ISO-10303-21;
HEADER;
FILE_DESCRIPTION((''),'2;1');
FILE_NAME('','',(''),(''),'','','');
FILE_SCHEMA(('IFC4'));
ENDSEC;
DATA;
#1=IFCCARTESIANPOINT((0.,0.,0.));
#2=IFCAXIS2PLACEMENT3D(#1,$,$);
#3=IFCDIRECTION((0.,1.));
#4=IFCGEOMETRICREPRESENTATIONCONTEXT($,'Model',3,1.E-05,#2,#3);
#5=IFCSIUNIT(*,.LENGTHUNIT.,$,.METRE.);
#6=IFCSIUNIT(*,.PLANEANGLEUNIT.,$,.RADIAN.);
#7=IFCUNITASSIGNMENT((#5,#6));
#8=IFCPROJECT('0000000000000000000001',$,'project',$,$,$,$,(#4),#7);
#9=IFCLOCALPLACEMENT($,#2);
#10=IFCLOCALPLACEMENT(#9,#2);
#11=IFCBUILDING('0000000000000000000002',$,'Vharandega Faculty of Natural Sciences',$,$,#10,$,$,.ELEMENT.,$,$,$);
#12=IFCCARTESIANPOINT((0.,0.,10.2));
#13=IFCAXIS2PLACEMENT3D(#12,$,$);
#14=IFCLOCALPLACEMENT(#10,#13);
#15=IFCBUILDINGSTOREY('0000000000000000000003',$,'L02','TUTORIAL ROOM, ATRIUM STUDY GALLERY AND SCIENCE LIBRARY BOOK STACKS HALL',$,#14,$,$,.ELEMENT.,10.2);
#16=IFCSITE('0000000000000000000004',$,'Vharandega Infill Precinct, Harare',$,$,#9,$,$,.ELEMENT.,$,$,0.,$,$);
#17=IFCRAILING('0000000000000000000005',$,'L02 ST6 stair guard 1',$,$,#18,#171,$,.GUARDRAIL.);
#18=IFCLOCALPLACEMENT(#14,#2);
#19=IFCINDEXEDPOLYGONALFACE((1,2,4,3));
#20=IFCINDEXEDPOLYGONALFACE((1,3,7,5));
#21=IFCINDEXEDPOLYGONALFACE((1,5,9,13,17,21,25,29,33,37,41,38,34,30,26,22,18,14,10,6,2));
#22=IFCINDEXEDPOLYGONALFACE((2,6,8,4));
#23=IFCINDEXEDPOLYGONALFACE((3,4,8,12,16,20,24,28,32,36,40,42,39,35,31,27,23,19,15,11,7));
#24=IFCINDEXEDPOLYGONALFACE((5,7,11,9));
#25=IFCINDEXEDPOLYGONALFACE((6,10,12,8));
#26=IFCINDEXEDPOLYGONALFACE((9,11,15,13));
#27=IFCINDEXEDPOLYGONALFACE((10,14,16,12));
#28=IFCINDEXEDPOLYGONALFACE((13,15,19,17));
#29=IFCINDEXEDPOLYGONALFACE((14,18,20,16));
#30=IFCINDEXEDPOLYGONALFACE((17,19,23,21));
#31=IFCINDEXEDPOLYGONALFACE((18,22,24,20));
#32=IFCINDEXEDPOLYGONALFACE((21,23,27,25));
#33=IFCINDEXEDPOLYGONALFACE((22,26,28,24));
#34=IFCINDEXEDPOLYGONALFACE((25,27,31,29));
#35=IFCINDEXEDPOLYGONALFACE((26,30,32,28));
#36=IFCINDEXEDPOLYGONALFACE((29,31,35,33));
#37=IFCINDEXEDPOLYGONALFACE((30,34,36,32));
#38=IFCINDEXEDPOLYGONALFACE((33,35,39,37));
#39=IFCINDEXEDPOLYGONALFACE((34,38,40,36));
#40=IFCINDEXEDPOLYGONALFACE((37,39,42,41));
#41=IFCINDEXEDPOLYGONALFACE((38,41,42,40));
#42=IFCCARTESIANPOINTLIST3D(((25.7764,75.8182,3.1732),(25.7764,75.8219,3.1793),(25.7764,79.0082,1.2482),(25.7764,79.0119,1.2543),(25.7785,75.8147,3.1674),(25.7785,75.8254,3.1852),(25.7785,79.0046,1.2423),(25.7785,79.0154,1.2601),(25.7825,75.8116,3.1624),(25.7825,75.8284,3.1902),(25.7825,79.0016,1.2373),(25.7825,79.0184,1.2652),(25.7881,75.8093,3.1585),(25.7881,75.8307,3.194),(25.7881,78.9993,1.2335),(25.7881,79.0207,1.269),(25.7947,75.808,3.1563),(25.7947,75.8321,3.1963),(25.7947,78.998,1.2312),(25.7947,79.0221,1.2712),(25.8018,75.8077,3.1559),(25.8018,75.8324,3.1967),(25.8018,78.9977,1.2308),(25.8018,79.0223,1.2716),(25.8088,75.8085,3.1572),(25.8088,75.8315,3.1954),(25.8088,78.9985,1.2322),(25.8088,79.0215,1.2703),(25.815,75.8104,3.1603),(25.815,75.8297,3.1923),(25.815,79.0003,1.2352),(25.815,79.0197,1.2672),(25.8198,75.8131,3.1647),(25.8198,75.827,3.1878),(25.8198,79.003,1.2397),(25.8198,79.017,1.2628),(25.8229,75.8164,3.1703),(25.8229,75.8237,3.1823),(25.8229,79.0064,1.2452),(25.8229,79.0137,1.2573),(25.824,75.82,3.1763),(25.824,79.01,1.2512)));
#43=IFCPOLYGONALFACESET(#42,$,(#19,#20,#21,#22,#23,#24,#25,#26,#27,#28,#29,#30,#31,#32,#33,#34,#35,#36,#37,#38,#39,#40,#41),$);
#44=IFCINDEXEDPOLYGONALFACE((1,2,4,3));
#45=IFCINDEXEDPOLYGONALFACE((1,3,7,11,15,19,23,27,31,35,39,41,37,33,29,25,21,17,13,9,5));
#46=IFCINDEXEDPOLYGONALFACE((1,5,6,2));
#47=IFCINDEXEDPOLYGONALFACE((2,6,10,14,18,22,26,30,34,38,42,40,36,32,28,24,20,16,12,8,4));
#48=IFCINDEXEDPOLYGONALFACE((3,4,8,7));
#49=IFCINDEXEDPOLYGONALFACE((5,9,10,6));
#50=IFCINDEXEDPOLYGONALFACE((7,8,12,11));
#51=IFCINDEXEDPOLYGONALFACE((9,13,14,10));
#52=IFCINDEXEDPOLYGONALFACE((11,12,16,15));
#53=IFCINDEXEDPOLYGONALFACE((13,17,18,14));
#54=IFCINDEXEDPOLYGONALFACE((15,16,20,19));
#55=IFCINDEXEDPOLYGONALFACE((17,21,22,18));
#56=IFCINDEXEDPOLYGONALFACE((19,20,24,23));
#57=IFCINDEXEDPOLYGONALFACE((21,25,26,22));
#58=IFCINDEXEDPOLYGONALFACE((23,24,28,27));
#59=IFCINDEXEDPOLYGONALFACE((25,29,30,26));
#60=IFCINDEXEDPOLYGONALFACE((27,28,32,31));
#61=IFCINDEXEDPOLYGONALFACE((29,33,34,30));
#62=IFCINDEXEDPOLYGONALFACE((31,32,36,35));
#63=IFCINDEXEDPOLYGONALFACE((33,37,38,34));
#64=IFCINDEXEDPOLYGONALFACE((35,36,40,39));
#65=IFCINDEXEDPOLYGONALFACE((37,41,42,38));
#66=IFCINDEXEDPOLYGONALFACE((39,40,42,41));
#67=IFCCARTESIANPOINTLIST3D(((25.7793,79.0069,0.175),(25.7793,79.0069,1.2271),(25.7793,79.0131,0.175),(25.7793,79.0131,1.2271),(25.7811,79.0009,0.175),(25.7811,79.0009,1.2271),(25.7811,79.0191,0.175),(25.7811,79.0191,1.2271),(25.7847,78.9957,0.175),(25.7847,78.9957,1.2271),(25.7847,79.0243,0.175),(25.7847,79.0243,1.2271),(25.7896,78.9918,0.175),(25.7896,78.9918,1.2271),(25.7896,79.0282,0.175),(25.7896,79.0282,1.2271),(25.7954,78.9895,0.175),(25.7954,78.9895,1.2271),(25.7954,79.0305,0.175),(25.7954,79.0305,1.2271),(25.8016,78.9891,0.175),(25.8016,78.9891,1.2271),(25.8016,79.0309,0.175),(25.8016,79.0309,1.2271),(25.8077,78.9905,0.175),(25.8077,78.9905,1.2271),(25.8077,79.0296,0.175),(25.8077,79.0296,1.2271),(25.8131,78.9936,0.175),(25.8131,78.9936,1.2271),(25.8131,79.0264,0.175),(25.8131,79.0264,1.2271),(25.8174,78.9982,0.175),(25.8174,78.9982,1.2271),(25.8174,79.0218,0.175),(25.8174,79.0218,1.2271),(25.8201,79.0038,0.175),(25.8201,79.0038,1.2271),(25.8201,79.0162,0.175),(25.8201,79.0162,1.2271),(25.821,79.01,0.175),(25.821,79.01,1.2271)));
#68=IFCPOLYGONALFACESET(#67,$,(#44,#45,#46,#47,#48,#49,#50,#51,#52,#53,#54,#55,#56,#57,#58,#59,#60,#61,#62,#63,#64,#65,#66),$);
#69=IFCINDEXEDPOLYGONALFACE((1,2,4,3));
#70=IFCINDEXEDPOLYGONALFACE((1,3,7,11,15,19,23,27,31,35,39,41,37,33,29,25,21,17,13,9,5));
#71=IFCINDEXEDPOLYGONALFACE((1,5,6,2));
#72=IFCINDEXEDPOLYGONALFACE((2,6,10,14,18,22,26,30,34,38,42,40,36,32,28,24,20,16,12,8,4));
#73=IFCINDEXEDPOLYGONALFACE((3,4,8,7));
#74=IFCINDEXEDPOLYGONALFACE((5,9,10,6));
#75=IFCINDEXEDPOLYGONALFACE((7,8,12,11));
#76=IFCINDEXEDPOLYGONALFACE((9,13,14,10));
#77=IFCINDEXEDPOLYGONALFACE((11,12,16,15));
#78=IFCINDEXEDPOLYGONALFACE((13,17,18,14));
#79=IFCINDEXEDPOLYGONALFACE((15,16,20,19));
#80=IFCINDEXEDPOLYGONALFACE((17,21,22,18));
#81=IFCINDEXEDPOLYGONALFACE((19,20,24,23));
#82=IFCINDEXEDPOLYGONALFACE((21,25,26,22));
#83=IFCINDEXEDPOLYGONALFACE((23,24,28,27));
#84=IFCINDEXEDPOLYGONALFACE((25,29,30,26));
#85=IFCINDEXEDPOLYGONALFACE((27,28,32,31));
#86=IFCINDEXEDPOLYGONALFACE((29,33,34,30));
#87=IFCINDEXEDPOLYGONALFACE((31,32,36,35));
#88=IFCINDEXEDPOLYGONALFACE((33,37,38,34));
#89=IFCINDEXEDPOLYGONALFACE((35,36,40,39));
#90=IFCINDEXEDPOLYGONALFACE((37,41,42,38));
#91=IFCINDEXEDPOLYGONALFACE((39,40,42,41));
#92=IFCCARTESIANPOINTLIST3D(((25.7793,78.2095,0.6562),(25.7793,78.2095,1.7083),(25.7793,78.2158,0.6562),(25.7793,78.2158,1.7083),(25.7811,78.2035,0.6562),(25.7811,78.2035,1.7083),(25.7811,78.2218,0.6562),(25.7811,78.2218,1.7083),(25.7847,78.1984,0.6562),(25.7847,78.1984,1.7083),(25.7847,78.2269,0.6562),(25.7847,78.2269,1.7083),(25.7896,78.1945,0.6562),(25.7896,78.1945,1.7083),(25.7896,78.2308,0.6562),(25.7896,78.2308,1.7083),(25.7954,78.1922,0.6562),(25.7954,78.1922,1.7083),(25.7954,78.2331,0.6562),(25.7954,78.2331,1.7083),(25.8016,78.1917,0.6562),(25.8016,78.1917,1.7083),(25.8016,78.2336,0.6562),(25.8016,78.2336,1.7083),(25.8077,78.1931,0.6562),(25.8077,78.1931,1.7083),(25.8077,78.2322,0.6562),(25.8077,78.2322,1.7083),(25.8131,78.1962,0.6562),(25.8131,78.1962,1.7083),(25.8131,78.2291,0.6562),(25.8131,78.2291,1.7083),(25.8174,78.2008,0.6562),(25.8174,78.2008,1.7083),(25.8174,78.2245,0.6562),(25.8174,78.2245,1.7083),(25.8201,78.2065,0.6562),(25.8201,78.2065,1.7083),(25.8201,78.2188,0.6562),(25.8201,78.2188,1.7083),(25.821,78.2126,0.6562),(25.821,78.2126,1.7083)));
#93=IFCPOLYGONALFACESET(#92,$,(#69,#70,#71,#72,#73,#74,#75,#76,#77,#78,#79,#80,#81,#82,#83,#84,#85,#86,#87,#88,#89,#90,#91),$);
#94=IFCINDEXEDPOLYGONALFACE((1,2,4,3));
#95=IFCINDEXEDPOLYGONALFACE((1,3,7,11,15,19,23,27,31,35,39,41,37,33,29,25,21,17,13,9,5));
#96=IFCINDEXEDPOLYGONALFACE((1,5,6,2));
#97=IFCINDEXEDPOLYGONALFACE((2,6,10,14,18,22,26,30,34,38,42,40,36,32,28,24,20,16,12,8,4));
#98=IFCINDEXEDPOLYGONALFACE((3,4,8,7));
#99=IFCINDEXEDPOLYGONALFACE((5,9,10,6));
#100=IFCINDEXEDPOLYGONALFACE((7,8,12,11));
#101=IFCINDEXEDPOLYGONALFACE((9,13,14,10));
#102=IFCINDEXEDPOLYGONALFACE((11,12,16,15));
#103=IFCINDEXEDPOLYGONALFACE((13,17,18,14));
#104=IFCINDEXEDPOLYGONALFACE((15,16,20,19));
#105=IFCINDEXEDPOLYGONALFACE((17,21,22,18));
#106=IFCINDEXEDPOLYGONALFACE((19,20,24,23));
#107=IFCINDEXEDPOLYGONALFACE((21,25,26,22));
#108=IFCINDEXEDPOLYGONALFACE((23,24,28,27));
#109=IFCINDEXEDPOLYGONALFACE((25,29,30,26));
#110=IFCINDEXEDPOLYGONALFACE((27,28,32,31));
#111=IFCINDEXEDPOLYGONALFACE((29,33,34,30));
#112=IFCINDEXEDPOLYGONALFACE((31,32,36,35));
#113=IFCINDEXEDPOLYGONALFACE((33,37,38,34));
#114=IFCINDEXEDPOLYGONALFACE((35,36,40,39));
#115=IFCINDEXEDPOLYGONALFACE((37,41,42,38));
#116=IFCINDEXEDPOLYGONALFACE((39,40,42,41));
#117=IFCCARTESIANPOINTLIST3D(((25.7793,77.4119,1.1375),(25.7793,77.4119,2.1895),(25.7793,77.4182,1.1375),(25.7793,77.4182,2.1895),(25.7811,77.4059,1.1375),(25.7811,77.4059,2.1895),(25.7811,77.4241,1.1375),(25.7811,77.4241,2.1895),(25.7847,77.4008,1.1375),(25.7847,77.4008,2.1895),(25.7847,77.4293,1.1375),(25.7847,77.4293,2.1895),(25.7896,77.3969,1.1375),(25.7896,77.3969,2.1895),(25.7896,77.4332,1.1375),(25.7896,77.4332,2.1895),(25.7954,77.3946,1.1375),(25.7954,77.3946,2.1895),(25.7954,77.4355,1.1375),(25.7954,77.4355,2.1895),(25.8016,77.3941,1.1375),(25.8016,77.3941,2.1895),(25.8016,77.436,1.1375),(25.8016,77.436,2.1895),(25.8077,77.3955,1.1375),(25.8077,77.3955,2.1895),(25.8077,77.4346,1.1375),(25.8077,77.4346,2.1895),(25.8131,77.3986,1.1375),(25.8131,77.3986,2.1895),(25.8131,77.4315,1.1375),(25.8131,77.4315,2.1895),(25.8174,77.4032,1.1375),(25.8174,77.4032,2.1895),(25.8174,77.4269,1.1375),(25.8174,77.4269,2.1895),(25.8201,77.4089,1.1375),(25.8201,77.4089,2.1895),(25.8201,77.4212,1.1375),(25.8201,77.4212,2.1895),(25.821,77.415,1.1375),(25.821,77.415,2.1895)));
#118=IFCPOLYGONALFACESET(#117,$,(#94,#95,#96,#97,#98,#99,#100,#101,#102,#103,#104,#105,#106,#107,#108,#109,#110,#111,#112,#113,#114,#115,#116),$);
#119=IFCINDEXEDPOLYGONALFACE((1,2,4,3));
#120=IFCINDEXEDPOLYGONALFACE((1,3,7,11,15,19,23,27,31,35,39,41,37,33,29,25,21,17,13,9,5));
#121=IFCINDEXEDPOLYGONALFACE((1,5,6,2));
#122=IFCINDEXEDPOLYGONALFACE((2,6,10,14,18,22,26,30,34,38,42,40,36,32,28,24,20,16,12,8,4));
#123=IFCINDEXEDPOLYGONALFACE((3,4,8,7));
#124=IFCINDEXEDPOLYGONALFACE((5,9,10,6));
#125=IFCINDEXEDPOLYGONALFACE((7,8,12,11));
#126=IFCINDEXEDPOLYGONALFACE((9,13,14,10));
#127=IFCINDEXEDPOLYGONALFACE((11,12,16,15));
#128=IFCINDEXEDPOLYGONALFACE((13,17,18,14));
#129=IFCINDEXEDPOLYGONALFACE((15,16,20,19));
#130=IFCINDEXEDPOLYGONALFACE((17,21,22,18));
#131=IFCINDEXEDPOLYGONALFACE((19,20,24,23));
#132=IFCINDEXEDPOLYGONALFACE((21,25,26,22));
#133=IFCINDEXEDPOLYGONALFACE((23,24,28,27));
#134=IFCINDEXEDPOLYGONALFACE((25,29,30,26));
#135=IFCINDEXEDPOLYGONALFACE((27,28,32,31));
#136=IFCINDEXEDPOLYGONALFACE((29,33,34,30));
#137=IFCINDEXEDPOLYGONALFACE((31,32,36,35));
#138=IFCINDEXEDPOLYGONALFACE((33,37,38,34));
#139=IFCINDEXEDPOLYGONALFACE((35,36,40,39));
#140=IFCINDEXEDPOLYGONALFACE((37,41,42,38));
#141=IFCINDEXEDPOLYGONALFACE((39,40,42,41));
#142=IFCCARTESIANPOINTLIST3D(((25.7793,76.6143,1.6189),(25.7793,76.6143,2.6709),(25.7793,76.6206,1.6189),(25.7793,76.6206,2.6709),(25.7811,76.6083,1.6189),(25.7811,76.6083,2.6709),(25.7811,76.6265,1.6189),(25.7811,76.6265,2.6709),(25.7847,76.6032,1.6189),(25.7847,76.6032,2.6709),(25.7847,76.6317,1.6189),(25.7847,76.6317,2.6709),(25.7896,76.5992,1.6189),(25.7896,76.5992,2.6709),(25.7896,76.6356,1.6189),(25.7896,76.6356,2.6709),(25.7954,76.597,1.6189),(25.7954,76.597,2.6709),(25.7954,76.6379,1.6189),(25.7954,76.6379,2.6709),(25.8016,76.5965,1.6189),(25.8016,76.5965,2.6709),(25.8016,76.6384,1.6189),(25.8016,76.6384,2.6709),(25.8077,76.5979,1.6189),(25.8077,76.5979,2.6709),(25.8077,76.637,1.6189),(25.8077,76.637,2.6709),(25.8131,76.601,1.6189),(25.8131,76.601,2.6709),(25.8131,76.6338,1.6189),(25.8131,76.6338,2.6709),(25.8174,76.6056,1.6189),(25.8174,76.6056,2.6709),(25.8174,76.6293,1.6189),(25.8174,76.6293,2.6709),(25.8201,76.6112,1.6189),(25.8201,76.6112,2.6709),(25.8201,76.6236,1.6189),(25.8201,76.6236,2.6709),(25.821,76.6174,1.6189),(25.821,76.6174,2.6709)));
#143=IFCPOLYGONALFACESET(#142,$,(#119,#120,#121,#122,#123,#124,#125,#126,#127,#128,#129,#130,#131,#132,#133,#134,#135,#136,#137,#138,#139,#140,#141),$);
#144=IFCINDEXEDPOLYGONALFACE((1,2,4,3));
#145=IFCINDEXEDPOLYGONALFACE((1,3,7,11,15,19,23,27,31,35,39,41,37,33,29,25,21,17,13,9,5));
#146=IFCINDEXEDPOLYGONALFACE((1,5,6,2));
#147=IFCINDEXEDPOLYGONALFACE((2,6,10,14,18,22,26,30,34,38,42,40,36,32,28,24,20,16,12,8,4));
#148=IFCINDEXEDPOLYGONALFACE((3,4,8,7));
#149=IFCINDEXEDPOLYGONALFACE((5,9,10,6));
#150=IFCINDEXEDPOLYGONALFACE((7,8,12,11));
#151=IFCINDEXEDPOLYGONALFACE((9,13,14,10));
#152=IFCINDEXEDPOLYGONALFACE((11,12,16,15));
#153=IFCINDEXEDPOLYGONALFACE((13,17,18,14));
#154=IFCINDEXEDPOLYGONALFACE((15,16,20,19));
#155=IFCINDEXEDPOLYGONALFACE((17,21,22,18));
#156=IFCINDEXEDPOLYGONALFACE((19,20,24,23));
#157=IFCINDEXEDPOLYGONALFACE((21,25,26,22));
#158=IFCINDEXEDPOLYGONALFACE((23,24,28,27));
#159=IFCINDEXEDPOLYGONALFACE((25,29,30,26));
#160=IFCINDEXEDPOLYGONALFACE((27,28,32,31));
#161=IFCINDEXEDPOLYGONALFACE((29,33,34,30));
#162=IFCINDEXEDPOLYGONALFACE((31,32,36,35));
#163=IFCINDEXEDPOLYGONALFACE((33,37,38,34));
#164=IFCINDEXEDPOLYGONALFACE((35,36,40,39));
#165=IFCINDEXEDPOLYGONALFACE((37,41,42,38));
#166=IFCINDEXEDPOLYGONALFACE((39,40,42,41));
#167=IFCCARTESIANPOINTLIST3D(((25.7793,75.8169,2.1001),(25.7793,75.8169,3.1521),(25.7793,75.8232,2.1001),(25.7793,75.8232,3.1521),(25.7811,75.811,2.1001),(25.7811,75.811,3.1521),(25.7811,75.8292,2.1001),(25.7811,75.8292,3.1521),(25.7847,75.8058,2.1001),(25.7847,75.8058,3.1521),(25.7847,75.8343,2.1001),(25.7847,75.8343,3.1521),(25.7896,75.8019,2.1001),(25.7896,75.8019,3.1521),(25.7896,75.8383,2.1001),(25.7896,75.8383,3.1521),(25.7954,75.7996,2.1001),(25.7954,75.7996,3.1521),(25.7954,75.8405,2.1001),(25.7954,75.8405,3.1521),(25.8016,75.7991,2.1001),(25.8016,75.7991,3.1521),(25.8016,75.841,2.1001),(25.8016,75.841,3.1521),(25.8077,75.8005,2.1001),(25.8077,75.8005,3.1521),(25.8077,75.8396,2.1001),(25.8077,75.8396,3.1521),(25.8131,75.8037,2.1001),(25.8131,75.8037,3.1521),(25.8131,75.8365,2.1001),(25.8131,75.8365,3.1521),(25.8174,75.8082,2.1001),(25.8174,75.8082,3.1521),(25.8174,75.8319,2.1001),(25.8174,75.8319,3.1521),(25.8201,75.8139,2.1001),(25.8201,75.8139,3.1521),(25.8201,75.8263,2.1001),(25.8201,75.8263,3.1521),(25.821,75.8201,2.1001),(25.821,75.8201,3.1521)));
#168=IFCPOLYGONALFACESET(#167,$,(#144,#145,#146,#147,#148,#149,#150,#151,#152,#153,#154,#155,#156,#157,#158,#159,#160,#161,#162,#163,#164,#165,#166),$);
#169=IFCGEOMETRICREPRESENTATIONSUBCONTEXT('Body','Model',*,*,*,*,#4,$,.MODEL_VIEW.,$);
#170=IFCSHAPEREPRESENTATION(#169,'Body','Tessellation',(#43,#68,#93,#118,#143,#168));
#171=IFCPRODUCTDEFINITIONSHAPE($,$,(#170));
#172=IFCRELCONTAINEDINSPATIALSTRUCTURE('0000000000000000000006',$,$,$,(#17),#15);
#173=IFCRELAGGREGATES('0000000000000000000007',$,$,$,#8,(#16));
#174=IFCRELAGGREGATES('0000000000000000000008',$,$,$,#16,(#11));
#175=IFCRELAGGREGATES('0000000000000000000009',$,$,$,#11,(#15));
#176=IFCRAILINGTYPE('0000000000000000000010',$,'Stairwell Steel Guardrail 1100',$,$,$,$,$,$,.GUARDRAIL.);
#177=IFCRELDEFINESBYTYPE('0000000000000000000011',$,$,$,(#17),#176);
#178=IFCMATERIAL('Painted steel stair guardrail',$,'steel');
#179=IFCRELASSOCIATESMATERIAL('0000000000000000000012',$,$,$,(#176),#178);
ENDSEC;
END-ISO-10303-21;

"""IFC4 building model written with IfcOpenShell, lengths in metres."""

from ifc_helpers import new_model, si_unit, direction, frame, origin, origin_2d, place, context, subcontext, project, spatial, circle, extrude, material, type_object, element, save


model = new_model("IFC4")

# Units and contexts
model_context = context("Model", 3, precision=1e-05, world=origin(), true_north=direction((0.0, 1.0)))
body_context = subcontext(model_context, "Body", "Model", "MODEL_VIEW")
ifc_project = project(units=[si_unit("LENGTHUNIT", "METRE"), si_unit("PLANEANGLEUNIT", "RADIAN")], contexts=[model_context])

# Site, building, storey
site_placement = place(None, origin())
site = spatial("IfcSite", under=ifc_project, at=site_placement, Name="Vharandega Infill Precinct, Harare", CompositionType="ELEMENT", RefElevation=0.0)
building_placement = place(site_placement, origin())
building = spatial("IfcBuilding", under=site, at=building_placement, Name="Vharandega Faculty of Natural Sciences", CompositionType="ELEMENT")
storey_placement = place(building_placement, frame((0.0, 0.0, 10.2)))
storey = spatial("IfcBuildingStorey", under=building, at=storey_placement, Name="L02", Description="TUTORIAL ROOM, ATRIUM STUDY GALLERY AND SCIENCE LIBRARY BOOK STACKS HALL", CompositionType="ELEMENT", Elevation=10.2)

# Railing
ifc_material_1 = material(Name="Painted steel stair guardrail", Category="steel")
railing_type_1 = type_object("IfcRailingType", Name="Stairwell Steel Guardrail 1100", PredefinedType="GUARDRAIL", material=ifc_material_1)
railing_1_placement = place(storey_placement, frame((25.8, 79.01, 0.175)))
element("IfcRailing", 1, at=railing_1_placement, inside=storey, type_object=railing_type_1, Name="L02 ST6 stair guard 1", PredefinedType="GUARDRAIL", context=body_context, shape_type="SweptSolid", body=[
    extrude(circle(Radius=0.0239, at=origin_2d()), frame((0.0, 0.0, 1.0762), z_axis=(0.0, -0.856178, 0.516682), x_axis=(1.0, 0.0, 0.0)), (0.0, 0.0, 1.0), 3.7258),
    extrude(circle(Radius=0.021, at=origin_2d()), origin(), (0.0, 0.0, 1.0), 1.052),
    extrude(circle(Radius=0.021, at=origin_2d()), frame((0.0, -0.7974, 0.4812)), (0.0, 0.0, 1.0), 1.052),
    extrude(circle(Radius=0.021, at=origin_2d()), frame((0.0, -1.595, 0.9624)), (0.0, 0.0, 1.0), 1.052),
    extrude(circle(Radius=0.021, at=origin_2d()), frame((0.0, -2.3926, 1.4438)), (0.0, 0.0, 1.0), 1.052),
    extrude(circle(Radius=0.021, at=origin_2d()), frame((0.0, -3.1899, 1.925)), (0.0, 0.0, 1.0), 1.052),
])

save(model, "model.ifc")
